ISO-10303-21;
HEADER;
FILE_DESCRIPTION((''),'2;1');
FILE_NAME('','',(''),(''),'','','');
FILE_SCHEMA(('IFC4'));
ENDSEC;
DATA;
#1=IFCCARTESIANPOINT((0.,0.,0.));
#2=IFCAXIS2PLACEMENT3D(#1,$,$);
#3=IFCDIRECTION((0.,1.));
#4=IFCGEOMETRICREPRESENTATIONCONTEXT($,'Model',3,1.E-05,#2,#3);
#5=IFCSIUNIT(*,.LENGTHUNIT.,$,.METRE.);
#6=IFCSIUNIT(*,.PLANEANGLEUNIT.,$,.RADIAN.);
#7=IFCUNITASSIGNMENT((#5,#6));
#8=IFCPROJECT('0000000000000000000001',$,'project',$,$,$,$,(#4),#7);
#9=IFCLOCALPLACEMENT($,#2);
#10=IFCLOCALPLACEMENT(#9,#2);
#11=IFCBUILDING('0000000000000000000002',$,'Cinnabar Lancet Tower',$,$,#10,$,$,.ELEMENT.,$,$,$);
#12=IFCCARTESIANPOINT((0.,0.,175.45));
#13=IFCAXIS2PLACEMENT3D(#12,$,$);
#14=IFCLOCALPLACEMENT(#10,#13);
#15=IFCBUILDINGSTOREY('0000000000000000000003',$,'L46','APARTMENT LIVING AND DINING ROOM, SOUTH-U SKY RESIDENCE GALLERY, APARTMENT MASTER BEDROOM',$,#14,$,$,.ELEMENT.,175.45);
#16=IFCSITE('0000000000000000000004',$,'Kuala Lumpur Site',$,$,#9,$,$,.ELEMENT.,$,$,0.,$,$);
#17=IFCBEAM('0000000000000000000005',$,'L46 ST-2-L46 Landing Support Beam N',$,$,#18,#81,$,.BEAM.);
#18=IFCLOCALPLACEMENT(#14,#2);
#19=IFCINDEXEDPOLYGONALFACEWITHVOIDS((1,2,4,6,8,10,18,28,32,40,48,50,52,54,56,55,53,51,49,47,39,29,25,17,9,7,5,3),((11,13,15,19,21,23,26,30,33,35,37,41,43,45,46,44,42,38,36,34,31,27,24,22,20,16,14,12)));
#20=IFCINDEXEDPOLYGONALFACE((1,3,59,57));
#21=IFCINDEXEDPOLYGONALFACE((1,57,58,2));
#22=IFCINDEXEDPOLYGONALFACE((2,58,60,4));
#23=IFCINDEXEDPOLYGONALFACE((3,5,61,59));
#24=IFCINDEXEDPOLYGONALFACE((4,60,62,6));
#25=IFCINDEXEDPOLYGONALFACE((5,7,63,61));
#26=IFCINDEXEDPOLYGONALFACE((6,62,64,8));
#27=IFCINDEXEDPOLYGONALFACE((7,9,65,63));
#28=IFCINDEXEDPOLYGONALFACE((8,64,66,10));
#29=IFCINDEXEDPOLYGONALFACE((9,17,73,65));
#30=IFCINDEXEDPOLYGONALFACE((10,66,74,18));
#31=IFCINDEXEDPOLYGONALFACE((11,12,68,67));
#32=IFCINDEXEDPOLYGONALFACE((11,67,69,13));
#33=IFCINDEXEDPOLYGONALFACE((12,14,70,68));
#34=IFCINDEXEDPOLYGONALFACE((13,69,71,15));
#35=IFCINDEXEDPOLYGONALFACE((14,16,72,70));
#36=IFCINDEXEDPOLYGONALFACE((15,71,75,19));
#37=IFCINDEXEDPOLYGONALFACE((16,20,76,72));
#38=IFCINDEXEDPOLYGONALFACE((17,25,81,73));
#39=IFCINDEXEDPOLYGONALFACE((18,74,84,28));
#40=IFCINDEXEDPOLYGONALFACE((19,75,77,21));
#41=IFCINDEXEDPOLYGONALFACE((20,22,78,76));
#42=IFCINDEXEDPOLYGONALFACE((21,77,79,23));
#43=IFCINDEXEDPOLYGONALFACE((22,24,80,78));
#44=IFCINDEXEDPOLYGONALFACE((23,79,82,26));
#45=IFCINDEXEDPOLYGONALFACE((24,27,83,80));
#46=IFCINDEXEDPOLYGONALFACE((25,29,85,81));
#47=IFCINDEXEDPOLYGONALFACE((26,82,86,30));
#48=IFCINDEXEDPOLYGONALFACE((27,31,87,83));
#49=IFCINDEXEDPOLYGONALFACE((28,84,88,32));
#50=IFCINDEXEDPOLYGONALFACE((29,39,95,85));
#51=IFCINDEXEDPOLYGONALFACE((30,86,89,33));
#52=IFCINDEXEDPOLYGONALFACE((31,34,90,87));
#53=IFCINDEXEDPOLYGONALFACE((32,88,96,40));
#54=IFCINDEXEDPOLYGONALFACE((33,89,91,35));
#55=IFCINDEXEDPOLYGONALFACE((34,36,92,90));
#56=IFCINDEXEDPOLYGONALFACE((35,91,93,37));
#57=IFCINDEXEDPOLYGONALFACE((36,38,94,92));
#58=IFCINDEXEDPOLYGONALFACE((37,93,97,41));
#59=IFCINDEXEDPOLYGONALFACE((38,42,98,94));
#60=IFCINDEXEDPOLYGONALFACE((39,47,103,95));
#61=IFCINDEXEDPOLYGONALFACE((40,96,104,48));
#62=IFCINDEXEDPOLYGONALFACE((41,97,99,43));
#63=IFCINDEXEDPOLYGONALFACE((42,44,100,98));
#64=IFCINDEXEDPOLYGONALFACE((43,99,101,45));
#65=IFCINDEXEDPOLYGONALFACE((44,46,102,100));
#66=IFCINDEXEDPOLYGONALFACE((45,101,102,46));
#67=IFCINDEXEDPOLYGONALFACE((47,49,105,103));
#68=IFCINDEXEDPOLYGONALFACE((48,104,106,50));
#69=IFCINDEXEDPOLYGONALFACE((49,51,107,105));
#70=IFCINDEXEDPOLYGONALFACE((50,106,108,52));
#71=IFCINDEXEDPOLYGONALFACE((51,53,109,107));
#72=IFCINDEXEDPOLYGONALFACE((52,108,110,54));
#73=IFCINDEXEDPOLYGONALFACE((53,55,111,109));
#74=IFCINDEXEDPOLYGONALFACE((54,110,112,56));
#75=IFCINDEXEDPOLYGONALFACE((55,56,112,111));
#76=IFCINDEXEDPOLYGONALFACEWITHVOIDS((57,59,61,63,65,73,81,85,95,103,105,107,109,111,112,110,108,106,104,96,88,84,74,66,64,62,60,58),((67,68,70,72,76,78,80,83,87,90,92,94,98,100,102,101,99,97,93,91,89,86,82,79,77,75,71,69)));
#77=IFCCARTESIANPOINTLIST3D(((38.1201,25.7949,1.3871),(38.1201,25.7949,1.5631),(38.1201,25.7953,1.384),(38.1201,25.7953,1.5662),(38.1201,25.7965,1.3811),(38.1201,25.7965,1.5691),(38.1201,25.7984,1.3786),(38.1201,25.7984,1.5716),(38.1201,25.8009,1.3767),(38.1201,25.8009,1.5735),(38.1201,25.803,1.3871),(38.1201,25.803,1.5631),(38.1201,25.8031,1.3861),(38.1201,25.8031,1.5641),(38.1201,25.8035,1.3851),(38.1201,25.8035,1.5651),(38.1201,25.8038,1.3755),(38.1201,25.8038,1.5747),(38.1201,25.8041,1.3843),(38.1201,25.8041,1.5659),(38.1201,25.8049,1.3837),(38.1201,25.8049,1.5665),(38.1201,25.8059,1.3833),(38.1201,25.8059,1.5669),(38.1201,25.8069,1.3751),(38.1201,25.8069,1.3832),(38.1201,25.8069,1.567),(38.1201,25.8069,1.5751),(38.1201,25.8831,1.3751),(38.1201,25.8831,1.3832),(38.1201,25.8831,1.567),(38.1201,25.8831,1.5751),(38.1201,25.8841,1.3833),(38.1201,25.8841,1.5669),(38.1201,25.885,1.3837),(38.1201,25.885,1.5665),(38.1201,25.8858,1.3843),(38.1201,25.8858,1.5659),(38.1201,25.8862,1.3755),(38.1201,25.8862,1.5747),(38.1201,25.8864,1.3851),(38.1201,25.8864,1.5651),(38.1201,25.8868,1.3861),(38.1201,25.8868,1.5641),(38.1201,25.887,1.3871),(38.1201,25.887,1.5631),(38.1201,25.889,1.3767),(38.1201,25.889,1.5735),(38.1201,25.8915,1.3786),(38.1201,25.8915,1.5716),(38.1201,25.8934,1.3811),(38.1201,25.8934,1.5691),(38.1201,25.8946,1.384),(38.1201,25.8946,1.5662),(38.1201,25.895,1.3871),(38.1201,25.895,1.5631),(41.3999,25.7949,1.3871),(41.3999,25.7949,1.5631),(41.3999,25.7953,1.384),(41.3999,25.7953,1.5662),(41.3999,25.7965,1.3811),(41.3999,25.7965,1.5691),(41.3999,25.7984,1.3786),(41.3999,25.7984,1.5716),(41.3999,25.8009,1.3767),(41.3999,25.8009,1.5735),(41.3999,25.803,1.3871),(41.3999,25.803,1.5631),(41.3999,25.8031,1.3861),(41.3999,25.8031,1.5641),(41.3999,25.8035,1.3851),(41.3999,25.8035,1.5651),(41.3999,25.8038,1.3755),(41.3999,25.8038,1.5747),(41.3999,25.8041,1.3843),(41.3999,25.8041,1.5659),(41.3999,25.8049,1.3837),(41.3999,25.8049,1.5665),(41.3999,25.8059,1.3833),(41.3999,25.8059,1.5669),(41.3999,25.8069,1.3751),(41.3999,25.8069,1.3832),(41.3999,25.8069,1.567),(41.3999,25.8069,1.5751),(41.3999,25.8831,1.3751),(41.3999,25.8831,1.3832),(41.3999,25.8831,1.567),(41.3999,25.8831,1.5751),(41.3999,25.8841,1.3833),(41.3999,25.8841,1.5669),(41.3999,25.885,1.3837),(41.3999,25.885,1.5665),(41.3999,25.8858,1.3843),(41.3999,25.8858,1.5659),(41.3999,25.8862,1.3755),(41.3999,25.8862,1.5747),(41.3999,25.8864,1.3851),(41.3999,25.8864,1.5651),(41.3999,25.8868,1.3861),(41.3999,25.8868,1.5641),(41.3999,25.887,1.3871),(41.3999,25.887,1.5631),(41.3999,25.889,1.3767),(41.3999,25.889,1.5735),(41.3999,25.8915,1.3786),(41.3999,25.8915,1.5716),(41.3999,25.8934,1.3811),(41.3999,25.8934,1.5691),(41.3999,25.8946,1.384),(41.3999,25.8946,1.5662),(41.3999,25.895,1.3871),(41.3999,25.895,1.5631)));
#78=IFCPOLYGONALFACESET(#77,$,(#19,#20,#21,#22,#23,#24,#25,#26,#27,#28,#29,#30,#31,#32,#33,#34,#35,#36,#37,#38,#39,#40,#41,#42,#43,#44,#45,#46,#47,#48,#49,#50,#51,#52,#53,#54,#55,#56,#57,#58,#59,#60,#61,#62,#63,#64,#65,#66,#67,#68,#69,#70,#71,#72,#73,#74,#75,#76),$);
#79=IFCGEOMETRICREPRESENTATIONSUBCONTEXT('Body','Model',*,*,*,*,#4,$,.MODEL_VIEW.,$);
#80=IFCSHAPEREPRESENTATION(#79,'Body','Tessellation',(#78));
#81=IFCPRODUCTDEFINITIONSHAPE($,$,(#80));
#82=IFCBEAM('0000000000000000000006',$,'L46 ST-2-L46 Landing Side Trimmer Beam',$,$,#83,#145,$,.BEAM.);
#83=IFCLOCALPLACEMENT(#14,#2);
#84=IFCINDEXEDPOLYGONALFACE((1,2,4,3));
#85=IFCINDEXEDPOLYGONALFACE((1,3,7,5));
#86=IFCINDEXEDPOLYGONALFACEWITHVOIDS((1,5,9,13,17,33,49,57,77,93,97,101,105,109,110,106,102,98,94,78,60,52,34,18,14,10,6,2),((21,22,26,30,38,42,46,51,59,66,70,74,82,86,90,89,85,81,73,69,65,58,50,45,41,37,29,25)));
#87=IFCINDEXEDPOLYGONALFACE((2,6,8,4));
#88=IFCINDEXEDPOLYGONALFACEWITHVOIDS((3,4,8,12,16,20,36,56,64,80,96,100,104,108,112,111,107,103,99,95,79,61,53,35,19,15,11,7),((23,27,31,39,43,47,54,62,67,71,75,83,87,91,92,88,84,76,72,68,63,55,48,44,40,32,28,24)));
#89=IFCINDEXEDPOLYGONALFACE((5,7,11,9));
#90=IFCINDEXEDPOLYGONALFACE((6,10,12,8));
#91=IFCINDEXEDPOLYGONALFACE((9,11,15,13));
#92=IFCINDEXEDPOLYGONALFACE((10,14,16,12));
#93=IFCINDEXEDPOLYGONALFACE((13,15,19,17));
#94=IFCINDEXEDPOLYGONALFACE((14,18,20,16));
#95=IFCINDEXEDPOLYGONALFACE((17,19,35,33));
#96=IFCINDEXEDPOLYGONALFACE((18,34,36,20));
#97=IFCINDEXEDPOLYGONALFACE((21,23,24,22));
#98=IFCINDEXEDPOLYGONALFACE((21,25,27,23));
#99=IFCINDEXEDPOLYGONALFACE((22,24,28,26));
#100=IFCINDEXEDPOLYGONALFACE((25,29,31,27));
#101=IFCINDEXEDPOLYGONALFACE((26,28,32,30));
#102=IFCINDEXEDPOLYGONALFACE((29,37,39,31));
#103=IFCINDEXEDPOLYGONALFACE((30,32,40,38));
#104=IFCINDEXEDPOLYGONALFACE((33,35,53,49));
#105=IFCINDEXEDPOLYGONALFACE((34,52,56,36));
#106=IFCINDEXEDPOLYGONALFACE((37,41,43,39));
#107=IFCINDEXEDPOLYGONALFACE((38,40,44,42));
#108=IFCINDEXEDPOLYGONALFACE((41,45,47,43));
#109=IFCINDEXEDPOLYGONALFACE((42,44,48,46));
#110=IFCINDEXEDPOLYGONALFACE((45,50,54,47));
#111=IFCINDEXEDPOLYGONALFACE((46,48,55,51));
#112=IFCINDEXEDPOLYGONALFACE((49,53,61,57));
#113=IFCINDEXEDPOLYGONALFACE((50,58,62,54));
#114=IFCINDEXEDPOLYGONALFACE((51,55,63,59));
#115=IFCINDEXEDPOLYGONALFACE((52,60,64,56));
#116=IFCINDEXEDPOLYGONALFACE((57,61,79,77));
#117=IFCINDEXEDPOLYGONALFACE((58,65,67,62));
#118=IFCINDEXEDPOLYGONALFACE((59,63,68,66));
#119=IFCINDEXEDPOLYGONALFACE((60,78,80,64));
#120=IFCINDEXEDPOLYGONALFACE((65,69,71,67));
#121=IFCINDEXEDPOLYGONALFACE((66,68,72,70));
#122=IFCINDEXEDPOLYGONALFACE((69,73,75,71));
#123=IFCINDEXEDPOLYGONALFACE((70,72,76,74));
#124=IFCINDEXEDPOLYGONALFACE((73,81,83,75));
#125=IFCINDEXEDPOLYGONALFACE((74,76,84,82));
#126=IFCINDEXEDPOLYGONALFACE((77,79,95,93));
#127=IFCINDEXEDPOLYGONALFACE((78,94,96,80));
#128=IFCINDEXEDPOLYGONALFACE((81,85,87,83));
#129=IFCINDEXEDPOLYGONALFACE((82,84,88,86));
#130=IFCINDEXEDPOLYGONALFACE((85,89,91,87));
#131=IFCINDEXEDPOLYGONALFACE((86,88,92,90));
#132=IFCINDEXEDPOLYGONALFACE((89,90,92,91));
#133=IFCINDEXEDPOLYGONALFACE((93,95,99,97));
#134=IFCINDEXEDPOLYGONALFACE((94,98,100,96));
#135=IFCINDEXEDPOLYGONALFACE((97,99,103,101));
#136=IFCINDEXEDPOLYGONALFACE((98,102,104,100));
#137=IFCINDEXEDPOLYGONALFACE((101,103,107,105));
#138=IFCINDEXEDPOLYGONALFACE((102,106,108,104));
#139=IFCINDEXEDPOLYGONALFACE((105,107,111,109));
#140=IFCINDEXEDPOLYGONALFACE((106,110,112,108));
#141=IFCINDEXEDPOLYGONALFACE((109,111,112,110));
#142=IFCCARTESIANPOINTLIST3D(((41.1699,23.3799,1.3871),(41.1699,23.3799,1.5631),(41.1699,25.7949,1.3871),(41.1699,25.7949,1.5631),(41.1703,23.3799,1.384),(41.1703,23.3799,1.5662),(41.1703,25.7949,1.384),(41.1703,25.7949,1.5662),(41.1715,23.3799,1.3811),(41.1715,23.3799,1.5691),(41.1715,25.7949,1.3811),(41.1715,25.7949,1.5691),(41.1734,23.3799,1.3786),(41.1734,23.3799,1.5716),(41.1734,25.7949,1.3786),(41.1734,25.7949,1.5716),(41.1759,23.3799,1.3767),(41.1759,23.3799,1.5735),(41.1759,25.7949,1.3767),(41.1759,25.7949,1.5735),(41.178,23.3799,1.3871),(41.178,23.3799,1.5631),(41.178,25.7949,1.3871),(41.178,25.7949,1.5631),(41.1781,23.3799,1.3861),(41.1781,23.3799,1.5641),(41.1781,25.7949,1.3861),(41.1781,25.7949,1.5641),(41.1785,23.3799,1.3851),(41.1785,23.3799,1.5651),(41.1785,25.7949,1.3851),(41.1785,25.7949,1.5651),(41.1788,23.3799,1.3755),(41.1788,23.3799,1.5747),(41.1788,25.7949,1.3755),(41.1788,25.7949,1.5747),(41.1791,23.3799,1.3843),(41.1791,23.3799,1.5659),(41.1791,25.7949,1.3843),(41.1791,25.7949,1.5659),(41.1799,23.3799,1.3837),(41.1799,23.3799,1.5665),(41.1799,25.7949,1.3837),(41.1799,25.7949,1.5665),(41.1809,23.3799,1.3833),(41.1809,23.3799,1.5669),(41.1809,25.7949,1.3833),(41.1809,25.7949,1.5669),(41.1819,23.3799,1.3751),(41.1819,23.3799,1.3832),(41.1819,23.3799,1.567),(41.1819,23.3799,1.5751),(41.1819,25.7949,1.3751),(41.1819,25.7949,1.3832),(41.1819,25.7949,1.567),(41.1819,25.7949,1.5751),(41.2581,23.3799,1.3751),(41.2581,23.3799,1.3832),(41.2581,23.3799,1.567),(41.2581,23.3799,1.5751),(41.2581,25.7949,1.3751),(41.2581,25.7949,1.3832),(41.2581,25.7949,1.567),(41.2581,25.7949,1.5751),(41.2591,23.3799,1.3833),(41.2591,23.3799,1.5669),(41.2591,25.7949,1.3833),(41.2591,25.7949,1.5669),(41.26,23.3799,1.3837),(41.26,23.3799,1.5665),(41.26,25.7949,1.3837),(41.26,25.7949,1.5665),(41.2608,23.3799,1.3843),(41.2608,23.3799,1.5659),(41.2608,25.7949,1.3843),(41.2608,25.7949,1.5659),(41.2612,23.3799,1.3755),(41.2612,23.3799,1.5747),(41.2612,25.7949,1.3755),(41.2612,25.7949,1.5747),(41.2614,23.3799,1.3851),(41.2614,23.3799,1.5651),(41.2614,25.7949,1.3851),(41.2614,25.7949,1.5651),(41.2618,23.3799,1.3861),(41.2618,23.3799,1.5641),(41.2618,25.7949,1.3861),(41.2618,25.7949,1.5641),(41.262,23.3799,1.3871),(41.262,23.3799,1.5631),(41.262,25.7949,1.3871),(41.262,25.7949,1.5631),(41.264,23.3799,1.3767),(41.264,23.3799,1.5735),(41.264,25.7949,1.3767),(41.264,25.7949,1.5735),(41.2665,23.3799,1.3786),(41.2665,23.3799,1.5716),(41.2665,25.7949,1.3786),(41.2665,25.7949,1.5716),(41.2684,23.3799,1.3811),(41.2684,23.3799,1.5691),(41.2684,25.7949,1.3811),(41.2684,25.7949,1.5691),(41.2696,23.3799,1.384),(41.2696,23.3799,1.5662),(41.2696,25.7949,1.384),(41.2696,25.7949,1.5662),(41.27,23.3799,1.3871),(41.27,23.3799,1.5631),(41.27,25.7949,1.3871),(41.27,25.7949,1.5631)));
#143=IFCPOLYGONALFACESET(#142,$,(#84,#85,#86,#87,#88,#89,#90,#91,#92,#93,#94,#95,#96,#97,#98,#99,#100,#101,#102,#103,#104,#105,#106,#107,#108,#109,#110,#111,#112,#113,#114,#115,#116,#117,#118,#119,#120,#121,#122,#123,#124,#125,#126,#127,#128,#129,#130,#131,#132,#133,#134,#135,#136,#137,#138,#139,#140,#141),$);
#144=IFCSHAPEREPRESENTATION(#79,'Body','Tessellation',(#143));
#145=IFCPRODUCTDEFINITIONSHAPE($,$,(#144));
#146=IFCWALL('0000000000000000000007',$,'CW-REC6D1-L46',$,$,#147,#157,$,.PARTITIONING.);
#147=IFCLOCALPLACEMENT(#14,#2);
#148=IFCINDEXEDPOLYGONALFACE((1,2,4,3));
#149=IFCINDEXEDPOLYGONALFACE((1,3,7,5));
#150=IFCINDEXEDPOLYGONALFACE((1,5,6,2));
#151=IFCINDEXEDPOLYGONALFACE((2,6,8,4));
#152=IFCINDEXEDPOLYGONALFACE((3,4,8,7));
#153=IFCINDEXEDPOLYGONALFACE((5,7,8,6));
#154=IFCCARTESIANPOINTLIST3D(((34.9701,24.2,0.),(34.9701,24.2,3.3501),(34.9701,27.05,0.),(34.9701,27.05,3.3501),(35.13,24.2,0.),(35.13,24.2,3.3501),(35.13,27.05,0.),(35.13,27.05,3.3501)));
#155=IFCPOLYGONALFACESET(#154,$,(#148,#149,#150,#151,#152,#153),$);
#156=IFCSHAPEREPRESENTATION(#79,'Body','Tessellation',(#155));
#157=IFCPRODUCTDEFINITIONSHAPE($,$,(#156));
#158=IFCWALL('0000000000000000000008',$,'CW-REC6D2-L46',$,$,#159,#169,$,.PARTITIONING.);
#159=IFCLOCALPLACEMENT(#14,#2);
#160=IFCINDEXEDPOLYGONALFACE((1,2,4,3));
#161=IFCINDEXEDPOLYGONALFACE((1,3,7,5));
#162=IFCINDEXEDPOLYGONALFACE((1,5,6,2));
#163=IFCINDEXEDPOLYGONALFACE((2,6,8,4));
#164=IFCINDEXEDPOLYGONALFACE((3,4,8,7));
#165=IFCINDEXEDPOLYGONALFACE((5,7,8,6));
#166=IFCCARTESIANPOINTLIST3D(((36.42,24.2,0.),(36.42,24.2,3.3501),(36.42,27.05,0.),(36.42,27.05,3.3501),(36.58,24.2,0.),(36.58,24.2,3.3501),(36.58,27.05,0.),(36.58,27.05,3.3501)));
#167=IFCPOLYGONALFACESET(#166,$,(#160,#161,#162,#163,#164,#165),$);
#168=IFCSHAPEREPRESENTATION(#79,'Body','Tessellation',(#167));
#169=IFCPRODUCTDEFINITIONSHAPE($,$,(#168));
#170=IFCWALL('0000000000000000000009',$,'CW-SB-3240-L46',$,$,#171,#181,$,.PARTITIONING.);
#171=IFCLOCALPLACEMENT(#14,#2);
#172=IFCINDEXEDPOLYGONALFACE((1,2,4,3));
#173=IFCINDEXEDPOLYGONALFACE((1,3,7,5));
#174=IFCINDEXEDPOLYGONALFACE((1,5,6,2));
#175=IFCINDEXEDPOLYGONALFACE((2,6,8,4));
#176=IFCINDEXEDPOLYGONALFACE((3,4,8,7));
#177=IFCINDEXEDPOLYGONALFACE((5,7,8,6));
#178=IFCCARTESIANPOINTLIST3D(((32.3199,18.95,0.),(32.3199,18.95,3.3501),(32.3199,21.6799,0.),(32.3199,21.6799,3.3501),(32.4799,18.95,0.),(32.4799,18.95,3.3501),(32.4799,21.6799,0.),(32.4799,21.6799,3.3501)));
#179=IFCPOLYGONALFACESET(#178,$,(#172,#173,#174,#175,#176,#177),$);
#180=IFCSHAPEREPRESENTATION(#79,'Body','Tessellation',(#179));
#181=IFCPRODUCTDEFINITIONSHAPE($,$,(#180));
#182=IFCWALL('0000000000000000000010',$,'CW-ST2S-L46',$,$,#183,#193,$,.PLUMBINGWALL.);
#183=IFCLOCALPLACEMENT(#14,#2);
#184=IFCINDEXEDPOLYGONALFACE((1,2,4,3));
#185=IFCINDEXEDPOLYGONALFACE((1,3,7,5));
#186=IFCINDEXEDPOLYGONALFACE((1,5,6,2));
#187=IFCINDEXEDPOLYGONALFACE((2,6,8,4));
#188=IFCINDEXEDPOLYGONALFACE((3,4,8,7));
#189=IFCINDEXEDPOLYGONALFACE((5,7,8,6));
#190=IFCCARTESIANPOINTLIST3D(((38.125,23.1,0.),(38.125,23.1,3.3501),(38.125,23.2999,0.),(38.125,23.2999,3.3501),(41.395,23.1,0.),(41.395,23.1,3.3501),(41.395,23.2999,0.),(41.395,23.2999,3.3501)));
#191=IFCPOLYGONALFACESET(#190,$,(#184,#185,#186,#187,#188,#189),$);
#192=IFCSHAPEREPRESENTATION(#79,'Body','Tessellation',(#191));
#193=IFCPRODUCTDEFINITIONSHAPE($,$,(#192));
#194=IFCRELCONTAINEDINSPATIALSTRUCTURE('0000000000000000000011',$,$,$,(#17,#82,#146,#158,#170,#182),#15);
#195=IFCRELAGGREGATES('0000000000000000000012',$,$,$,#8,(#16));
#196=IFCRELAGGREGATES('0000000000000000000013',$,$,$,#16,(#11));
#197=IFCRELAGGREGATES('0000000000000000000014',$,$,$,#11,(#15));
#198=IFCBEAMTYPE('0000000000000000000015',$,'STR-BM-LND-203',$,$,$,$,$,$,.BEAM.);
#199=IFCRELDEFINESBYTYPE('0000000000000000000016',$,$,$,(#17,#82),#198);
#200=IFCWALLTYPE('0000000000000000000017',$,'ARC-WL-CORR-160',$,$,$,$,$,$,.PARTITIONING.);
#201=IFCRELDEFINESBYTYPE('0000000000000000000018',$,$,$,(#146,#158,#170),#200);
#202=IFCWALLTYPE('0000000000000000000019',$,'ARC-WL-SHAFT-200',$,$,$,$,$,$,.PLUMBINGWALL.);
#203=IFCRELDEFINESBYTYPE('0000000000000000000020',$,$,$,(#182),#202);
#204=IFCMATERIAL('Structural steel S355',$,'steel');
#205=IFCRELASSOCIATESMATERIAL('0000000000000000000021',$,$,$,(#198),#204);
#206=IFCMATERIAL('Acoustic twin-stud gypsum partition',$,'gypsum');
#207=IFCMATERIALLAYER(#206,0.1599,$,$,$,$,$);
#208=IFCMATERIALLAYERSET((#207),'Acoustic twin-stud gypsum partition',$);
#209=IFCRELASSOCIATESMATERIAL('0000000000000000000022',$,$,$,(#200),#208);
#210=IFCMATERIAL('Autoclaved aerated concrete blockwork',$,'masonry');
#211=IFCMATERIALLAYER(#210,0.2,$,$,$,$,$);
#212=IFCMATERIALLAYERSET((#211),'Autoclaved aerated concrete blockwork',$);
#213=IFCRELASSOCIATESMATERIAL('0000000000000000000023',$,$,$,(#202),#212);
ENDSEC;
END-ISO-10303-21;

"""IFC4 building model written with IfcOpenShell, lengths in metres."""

from ifc_helpers import new_model, si_unit, direction, frame, frame_2d, origin, origin_2d, place, context, subcontext, project, spatial, rectangle, hollow_rectangle, extrude, material, layer, layer_set, material_profile, profile_set, type_object, element, save


model = new_model("IFC4")

# Units and contexts
model_context = context("Model", 3, precision=1e-05, world=origin(), true_north=direction((0.0, 1.0)))
body_context = subcontext(model_context, "Body", "Model", "MODEL_VIEW")
ifc_project = project(units=[si_unit("LENGTHUNIT", "METRE"), si_unit("PLANEANGLEUNIT", "RADIAN")], contexts=[model_context])

# Site, building, storey
site_placement = place(None, origin())
site = spatial("IfcSite", under=ifc_project, at=site_placement, Name="Kuala Lumpur Site", CompositionType="ELEMENT", RefElevation=0.0)
building_placement = place(site_placement, origin())
building = spatial("IfcBuilding", under=site, at=building_placement, Name="Cinnabar Lancet Tower", CompositionType="ELEMENT")
storey_placement = place(building_placement, frame((0.0, 0.0, 175.45)))
storey = spatial("IfcBuildingStorey", under=building, at=storey_placement, Name="L46", Description="APARTMENT LIVING AND DINING ROOM, SOUTH-U SKY RESIDENCE GALLERY, APARTMENT MASTER BEDROOM", CompositionType="ELEMENT", Elevation=175.45)

# Beams
ifc_material_1 = material(Name="Structural steel S355", Category="steel")
ifc_material_profile_1 = material_profile(ifc_material_1, hollow_rectangle(XDim=0.1001, YDim=0.2, WallThickness=0.0081, InnerFilletRadius=0.0039, OuterFilletRadius=0.012, at=origin_2d()), Name="RHS 200x100x8")
ifc_profile_set_1 = profile_set([ifc_material_profile_1], Name="Structural steel S355")
beam_type_1 = type_object("IfcBeamType", Name="STR-BM-LND-203", PredefinedType="BEAM", material=ifc_profile_set_1)
for number, where, z_axis, x_axis, name in (
    (1, (38.1201, 25.845, 1.4751), (1.0, 0.0, 0.0), (0.0, 1.0, 0.0), "L46 ST-2-L46 Landing Support Beam N"),
):
    element("IfcBeam", number, at=place(storey_placement, frame(where, z_axis=z_axis, x_axis=x_axis)), inside=storey, type_object=beam_type_1, Name=name, PredefinedType="BEAM", context=body_context, shape_type="SweptSolid", body=[
        extrude(hollow_rectangle(XDim=0.1001, YDim=0.2, WallThickness=0.0081, InnerFilletRadius=0.0039, OuterFilletRadius=0.012, at=origin_2d()), origin(), (0.0, 0.0, 1.0), 3.2798),
    ])
beam_1_placement = place(storey_placement, frame((41.22, 23.3799, 1.4751), z_axis=(0.0, 1.0, 0.0), x_axis=(-1.0, 0.0, 0.0)))
element("IfcBeam", 2, at=beam_1_placement, inside=storey, type_object=beam_type_1, Name="L46 ST-2-L46 Landing Side Trimmer Beam", PredefinedType="BEAM", context=body_context, shape_type="SweptSolid", body=[
    extrude(hollow_rectangle(XDim=0.1001, YDim=0.2, WallThickness=0.0081, InnerFilletRadius=0.0039, OuterFilletRadius=0.012, at=origin_2d()), origin(), (0.0, 0.0, 1.0), 2.415),
])

# Walls
ifc_material_2 = material(Name="Acoustic twin-stud gypsum partition", Category="gypsum")
ifc_layer_1 = layer(ifc_material_2, 0.1599)
ifc_layer_set_1 = layer_set([ifc_layer_1], Name="Acoustic twin-stud gypsum partition")
wall_type_1 = type_object("IfcWallType", Name="ARC-WL-CORR-160", PredefinedType="PARTITIONING", material=ifc_layer_set_1)
for number, where, z_axis, x_axis, name in (
    (3, (35.05, 24.2, 0.0), (0.0, 0.0, 1.0), (0.0, 1.0, 0.0), "CW-REC6D1-L46"),
    (4, (36.5, 24.2, 0.0), (0.0, 0.0, 1.0), (0.0, 1.0, 0.0), "CW-REC6D2-L46"),
):
    element("IfcWall", number, at=place(storey_placement, frame(where, z_axis=z_axis, x_axis=x_axis)), inside=storey, type_object=wall_type_1, Name=name, PredefinedType="PARTITIONING", context=body_context, shape_type="SweptSolid", body=[
        extrude(rectangle(XDim=2.8501, YDim=0.1599, at=frame_2d((1.425, 0.0))), origin(), (0.0, 0.0, 1.0), 3.3501),
    ])
wall_1_placement = place(storey_placement, frame((32.3999, 18.95, 0.0), z_axis=(0.0, 0.0, 1.0), x_axis=(0.0, 1.0, 0.0)))
element("IfcWall", 5, at=wall_1_placement, inside=storey, type_object=wall_type_1, Name="CW-SB-3240-L46", PredefinedType="PARTITIONING", context=body_context, shape_type="SweptSolid", body=[
    extrude(rectangle(XDim=2.73, YDim=0.1599, at=frame_2d((1.365, 0.0))), origin(), (0.0, 0.0, 1.0), 3.3501),
])
ifc_material_3 = material(Name="Autoclaved aerated concrete blockwork", Category="masonry")
ifc_layer_2 = layer(ifc_material_3, 0.2)
ifc_layer_set_2 = layer_set([ifc_layer_2], Name="Autoclaved aerated concrete blockwork")
wall_type_2 = type_object("IfcWallType", Name="ARC-WL-SHAFT-200", PredefinedType="PLUMBINGWALL", material=ifc_layer_set_2)
wall_2_placement = place(storey_placement, frame((38.125, 23.2, 0.0), z_axis=(0.0, 0.0, 1.0), x_axis=(1.0, 0.0, 0.0)))
element("IfcWall", 6, at=wall_2_placement, inside=storey, type_object=wall_type_2, Name="CW-ST2S-L46", PredefinedType="PLUMBINGWALL", context=body_context, shape_type="SweptSolid", body=[
    extrude(rectangle(XDim=3.27, YDim=0.2, at=frame_2d((1.635, 0.0))), origin(), (0.0, 0.0, 1.0), 3.3501),
])

save(model, "model.ifc")
